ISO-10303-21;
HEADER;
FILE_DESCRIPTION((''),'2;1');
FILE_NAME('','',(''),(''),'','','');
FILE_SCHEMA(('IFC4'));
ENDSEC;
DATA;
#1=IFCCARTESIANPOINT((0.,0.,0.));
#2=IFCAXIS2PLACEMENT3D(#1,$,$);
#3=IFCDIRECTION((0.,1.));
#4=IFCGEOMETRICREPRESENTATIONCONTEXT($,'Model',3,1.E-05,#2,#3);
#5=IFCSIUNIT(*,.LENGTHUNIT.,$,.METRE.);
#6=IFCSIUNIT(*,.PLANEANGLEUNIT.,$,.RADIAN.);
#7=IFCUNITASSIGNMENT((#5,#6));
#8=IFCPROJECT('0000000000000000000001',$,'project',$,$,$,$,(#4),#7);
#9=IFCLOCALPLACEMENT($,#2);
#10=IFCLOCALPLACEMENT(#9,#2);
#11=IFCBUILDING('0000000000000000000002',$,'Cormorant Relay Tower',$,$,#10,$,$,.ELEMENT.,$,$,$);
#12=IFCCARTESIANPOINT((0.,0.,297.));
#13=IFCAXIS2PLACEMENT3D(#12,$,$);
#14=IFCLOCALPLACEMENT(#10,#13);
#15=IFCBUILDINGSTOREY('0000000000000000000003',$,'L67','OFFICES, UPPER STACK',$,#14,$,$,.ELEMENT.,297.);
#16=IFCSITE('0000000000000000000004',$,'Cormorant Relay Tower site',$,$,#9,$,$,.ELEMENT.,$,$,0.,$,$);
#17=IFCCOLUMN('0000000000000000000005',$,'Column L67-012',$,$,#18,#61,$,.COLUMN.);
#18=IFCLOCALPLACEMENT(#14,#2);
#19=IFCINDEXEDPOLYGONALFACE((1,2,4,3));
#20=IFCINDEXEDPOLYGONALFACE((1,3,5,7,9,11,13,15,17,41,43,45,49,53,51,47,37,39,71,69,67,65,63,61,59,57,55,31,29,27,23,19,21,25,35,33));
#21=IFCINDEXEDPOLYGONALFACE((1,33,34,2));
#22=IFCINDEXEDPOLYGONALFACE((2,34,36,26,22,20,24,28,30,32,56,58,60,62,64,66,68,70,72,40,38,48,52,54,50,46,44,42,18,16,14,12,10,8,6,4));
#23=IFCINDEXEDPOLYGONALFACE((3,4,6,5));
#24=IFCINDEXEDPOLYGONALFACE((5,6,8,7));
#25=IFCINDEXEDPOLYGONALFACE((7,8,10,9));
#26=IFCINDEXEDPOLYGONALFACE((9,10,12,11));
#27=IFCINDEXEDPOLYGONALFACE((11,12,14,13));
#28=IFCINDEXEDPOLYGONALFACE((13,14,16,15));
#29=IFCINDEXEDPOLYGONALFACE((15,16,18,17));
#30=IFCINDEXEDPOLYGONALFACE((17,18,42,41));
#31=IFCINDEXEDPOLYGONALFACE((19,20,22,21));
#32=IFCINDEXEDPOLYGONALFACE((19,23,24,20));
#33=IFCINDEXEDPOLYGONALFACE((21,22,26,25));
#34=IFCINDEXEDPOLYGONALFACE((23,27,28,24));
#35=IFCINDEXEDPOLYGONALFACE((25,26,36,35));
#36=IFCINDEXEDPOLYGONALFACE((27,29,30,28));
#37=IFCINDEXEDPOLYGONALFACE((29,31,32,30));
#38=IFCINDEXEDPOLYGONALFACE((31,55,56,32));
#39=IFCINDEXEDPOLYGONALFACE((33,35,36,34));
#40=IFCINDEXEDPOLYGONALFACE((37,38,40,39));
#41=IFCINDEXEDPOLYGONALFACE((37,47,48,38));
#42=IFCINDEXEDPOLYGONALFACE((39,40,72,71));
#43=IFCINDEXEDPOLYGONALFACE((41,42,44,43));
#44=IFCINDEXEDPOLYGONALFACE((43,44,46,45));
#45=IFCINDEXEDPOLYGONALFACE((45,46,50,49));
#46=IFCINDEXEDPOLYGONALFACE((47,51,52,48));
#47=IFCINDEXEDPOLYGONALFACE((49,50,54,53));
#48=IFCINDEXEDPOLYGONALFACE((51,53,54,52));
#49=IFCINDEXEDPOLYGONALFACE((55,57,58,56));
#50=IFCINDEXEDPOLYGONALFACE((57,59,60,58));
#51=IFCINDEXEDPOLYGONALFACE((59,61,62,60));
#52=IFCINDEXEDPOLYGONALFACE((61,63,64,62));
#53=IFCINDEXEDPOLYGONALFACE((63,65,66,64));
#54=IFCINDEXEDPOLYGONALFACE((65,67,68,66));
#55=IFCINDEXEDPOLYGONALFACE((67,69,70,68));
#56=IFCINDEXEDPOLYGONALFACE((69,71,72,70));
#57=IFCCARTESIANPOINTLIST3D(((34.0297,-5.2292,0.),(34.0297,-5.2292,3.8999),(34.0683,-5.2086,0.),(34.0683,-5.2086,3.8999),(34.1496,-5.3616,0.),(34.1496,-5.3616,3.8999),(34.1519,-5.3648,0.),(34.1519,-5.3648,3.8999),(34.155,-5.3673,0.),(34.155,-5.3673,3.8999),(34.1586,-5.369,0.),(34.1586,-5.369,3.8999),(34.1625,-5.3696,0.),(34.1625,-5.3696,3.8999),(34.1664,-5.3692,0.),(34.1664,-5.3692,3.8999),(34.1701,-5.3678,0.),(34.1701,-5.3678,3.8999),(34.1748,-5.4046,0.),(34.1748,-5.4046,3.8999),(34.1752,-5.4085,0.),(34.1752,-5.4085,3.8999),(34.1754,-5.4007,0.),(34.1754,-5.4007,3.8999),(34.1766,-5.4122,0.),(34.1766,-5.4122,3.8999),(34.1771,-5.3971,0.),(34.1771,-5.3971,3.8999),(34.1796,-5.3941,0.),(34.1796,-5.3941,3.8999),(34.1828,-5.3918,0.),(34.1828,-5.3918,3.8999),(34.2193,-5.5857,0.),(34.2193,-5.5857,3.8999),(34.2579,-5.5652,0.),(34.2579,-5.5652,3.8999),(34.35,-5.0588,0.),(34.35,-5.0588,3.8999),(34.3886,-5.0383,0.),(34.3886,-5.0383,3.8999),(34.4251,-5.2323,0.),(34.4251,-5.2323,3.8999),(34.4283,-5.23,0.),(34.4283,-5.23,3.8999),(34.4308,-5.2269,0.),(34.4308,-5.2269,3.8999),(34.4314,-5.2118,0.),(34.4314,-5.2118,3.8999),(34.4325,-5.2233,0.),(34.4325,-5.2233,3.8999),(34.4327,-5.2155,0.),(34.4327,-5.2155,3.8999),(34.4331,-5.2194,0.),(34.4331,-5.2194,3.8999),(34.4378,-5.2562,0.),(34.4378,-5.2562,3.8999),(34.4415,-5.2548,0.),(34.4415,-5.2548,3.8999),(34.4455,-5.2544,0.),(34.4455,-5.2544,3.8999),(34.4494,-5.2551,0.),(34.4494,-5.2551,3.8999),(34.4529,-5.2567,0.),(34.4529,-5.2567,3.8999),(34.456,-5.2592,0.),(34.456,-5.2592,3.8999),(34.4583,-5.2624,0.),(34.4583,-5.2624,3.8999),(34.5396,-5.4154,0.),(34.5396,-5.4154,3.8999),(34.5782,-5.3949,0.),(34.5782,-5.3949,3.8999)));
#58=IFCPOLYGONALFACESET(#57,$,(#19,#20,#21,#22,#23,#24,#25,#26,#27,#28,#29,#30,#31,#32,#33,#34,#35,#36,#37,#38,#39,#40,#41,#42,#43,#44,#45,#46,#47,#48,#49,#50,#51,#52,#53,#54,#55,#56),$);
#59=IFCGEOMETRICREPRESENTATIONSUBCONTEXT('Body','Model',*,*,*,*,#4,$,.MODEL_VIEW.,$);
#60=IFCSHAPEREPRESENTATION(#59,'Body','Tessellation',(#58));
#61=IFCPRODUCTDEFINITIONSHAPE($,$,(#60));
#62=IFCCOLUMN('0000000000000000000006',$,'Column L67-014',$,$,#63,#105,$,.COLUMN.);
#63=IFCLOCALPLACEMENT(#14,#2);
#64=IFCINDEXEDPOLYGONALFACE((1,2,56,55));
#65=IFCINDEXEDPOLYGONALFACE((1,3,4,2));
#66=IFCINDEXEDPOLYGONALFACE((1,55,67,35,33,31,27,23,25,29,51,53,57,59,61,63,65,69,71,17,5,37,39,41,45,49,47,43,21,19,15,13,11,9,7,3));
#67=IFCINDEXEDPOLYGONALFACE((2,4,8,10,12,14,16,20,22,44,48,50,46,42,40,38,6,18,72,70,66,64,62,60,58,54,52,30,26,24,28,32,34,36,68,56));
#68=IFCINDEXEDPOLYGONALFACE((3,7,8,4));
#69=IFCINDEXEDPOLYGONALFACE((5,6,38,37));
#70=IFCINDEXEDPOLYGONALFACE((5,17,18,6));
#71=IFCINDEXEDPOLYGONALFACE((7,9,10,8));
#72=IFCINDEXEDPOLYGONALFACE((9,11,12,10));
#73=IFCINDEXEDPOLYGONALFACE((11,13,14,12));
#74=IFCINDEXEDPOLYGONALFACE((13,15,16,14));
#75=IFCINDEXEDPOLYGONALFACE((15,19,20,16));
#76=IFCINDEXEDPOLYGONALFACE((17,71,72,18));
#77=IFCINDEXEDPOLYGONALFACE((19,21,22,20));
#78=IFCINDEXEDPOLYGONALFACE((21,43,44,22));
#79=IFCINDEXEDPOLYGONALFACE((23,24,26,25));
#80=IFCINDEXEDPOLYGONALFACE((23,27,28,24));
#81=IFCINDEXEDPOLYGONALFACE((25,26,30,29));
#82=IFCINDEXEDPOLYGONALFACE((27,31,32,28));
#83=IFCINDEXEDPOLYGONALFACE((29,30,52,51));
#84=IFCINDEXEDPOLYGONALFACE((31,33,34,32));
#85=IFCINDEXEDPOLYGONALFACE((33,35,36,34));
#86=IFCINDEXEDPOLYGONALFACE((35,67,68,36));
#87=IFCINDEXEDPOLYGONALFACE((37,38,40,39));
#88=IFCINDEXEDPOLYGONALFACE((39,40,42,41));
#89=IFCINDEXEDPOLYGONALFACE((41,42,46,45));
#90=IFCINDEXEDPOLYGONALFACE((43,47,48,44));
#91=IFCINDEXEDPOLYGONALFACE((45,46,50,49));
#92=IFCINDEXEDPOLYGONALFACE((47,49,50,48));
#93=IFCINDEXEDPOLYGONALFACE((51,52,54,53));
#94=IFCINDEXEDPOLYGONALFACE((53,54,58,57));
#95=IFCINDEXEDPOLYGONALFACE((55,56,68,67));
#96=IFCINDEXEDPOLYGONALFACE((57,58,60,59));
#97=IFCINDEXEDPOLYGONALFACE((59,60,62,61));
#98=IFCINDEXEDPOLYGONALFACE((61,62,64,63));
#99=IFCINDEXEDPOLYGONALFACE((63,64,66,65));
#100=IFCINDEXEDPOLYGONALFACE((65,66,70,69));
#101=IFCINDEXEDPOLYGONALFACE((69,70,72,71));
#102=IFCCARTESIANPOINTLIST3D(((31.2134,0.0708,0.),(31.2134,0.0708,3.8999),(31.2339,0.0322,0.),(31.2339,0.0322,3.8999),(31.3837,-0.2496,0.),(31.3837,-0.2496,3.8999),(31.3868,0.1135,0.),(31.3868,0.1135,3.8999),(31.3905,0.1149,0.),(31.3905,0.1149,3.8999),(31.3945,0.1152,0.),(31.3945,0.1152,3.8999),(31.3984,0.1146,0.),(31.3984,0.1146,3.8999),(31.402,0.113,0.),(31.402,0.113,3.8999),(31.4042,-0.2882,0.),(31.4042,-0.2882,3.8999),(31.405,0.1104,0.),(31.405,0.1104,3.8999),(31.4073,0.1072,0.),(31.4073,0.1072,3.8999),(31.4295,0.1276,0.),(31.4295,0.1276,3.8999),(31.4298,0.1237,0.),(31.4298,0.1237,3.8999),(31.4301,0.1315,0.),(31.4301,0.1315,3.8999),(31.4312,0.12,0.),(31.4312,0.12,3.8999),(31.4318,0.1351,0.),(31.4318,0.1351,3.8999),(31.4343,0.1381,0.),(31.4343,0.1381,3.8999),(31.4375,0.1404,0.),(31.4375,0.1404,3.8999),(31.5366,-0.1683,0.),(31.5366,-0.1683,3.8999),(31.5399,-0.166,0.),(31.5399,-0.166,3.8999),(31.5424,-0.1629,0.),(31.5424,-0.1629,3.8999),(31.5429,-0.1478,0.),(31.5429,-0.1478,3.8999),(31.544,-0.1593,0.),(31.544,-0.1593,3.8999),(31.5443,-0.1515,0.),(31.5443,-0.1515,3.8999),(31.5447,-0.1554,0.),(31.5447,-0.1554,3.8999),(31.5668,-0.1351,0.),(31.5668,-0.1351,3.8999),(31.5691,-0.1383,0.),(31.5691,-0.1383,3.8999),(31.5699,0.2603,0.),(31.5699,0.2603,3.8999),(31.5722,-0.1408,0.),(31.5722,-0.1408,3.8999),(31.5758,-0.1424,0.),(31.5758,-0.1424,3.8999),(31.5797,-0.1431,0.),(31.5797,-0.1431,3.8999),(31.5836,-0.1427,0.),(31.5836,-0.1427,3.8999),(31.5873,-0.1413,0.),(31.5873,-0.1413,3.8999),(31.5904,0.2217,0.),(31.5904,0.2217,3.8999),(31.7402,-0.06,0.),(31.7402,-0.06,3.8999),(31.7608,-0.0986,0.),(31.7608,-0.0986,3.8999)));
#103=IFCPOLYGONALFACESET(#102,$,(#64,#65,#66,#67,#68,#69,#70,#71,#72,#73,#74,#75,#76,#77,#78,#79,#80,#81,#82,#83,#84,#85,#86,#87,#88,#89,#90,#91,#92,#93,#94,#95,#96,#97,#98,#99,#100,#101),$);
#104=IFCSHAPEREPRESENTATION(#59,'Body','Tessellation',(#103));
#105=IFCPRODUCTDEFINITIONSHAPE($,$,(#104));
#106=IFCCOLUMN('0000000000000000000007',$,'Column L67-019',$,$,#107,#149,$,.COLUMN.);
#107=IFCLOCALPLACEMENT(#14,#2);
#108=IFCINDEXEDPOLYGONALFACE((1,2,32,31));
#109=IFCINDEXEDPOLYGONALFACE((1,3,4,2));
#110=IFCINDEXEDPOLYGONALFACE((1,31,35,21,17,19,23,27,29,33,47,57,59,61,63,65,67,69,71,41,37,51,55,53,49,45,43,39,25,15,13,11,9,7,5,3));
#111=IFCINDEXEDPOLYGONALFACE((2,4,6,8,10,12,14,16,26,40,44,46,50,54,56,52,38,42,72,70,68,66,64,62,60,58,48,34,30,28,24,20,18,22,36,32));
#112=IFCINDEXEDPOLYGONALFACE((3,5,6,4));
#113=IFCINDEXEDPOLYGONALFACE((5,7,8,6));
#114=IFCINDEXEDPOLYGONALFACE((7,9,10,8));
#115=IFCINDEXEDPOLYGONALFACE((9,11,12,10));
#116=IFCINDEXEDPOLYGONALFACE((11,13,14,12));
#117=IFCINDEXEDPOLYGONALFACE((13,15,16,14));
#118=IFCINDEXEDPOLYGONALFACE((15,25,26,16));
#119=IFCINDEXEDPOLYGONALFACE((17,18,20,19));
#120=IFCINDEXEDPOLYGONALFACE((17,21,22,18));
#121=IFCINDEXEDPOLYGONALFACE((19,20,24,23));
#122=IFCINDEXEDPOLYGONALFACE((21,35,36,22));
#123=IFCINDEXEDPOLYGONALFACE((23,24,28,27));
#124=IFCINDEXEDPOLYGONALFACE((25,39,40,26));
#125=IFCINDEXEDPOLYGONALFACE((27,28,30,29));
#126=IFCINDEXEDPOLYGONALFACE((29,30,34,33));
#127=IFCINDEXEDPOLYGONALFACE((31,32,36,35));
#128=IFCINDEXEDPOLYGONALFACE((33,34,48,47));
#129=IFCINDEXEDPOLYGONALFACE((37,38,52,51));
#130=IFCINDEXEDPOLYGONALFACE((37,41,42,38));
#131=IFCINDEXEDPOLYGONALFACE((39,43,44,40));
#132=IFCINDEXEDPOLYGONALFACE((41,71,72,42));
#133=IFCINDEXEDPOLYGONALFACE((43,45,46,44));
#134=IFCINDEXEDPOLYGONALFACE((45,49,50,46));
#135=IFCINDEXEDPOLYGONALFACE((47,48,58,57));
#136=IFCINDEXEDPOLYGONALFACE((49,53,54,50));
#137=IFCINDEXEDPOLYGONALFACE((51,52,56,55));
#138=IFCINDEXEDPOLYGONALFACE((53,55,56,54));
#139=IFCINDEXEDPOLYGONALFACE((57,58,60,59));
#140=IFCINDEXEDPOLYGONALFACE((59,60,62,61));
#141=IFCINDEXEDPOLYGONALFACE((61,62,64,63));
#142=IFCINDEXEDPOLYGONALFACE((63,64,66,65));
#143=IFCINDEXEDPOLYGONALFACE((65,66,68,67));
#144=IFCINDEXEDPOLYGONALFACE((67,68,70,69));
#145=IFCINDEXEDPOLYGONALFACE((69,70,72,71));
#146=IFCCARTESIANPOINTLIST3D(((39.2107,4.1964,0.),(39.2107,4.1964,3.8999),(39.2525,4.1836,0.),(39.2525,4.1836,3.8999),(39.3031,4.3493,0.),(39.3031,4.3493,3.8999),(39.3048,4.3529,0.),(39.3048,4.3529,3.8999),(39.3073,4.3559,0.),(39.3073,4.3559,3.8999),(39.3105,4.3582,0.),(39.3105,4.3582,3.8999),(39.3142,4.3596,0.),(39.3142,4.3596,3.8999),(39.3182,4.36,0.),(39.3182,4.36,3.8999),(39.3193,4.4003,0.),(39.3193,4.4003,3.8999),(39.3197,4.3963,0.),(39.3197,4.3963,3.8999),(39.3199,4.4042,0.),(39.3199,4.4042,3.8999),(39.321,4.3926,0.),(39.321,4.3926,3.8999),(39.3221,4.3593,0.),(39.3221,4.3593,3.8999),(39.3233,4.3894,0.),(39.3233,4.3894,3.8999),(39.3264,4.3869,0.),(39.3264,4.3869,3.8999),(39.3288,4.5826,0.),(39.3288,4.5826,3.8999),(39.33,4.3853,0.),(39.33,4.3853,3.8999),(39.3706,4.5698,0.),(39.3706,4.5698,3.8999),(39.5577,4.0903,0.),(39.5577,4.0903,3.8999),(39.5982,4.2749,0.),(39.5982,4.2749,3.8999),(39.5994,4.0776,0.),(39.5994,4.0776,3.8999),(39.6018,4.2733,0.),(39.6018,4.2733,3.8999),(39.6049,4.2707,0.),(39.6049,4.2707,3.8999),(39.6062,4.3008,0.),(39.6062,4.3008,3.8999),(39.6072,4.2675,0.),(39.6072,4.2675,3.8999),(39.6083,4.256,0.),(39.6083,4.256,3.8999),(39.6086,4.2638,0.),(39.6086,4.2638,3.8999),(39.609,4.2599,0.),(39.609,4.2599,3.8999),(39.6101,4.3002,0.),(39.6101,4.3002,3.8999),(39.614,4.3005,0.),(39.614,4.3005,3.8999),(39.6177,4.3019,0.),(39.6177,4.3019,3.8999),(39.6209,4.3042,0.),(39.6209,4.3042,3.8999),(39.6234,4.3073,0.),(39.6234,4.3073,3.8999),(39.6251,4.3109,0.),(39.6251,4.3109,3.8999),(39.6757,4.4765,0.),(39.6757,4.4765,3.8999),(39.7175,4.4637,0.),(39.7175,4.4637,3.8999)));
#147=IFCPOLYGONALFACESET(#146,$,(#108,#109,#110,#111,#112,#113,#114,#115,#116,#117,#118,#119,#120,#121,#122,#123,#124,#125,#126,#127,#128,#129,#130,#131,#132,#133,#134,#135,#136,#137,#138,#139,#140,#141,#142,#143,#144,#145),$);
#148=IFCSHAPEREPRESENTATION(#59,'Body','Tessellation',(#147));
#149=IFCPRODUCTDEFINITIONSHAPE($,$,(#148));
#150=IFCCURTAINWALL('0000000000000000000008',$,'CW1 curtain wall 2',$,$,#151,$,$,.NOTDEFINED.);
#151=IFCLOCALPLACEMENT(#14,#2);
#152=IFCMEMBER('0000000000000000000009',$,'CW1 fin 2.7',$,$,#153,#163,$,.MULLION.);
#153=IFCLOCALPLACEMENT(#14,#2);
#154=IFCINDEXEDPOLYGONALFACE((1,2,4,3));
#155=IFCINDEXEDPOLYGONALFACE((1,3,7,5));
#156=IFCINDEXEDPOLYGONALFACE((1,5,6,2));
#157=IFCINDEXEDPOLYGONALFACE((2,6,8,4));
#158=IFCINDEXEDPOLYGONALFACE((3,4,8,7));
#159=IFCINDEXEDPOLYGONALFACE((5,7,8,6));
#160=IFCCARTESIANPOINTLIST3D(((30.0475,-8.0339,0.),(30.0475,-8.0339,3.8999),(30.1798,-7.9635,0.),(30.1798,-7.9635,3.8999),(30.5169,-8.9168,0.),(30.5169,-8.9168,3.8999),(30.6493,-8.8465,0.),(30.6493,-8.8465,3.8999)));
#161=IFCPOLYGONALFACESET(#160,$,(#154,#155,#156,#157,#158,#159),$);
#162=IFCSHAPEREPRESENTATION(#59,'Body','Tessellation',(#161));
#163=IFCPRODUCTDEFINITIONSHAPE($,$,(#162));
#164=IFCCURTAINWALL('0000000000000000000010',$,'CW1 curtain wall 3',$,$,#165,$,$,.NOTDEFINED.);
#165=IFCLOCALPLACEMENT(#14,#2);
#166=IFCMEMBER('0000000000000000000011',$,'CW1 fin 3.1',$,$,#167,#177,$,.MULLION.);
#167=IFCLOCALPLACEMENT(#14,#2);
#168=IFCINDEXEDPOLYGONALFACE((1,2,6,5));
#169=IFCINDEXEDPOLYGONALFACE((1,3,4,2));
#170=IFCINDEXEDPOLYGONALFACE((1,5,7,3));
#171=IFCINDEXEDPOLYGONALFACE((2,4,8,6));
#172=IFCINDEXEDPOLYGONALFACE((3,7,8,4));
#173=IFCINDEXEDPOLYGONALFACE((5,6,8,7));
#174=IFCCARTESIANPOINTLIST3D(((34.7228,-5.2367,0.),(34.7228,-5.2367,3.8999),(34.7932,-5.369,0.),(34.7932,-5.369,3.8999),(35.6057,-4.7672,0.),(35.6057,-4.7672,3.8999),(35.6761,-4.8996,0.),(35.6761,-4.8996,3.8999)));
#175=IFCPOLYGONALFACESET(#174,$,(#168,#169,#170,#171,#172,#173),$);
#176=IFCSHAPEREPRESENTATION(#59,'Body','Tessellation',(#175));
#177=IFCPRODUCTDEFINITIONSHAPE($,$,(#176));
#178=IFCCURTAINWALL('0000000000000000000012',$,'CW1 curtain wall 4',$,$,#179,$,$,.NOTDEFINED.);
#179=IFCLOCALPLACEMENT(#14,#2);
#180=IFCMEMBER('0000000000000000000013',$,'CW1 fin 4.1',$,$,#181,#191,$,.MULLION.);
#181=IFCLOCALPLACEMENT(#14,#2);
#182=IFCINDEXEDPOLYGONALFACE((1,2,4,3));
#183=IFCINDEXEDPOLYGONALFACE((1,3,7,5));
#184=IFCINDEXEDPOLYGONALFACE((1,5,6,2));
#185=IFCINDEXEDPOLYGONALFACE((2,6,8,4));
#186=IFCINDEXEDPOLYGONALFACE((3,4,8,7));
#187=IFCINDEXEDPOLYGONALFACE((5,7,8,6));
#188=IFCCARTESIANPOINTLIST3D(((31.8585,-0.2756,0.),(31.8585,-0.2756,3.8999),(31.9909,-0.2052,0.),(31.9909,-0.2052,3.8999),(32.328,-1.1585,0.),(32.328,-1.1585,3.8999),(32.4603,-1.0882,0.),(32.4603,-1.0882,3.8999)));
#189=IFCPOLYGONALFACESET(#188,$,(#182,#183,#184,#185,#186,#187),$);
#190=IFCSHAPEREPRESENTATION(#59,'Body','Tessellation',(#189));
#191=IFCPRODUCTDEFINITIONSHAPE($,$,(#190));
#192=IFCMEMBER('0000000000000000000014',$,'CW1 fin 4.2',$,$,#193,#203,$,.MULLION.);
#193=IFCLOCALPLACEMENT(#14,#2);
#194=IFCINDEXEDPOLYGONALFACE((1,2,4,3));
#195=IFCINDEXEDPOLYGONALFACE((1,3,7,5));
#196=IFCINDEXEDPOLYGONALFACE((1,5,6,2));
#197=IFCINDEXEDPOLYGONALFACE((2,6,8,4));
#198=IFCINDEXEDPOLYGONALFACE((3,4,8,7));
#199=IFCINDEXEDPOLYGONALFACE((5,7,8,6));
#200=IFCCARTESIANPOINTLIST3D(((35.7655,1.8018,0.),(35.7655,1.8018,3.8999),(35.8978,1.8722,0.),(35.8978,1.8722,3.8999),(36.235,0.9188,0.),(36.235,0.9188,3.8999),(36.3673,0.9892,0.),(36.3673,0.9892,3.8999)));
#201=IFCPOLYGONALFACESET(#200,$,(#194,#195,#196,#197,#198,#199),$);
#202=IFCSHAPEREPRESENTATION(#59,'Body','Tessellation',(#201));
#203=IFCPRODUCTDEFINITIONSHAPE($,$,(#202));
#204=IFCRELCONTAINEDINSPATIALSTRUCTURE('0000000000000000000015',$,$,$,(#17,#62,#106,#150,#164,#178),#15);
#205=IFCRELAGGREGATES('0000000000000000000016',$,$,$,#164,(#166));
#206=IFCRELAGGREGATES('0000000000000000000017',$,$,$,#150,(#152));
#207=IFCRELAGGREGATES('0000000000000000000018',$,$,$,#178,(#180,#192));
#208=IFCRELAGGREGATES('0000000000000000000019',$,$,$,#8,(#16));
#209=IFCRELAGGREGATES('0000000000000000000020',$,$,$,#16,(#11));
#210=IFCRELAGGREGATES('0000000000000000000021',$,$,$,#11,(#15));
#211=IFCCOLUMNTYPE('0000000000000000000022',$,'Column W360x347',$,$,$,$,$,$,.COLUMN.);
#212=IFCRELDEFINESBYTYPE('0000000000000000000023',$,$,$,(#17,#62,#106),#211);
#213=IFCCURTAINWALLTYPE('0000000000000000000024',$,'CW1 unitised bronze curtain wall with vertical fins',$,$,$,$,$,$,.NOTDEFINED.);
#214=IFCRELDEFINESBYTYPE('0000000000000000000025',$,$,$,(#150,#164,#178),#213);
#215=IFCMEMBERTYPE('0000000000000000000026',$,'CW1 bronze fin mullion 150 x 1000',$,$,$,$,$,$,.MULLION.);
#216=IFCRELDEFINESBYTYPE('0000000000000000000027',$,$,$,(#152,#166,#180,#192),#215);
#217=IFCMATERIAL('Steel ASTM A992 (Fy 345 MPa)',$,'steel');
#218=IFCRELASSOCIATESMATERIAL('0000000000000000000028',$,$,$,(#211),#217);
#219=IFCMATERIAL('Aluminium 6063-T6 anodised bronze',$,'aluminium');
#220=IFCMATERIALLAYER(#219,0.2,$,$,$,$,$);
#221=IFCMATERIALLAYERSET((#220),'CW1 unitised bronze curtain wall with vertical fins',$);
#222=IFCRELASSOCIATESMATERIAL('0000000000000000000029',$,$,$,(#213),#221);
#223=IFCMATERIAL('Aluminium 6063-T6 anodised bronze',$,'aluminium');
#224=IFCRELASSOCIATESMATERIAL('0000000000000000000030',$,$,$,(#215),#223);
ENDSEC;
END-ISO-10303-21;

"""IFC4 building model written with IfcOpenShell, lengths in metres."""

from ifc_helpers import new_model, si_unit, direction, frame, origin, origin_2d, place, context, subcontext, project, spatial, rectangle, i_section, extrude, material, layer, layer_set, material_profile, profile_set, type_object, element, aggregate, save


model = new_model("IFC4")

# Units and contexts
model_context = context("Model", 3, precision=1e-05, world=origin(), true_north=direction((0.0, 1.0)))
body_context = subcontext(model_context, "Body", "Model", "MODEL_VIEW")
ifc_project = project(units=[si_unit("LENGTHUNIT", "METRE"), si_unit("PLANEANGLEUNIT", "RADIAN")], contexts=[model_context])

# Site, building, storey
site_placement = place(None, origin())
site = spatial("IfcSite", under=ifc_project, at=site_placement, Name="Cormorant Relay Tower site", CompositionType="ELEMENT", RefElevation=0.0)
building_placement = place(site_placement, origin())
building = spatial("IfcBuilding", under=site, at=building_placement, Name="Cormorant Relay Tower", CompositionType="ELEMENT")
storey_placement = place(building_placement, frame((0.0, 0.0, 297.0)))
storey = spatial("IfcBuildingStorey", under=building, at=storey_placement, Name="L67", Description="OFFICES, UPPER STACK", CompositionType="ELEMENT", Elevation=297.0)

# Columns
ifc_material_1 = material(Name="Steel ASTM A992 (Fy 345 MPa)", Category="steel")
ifc_material_profile_1 = material_profile(ifc_material_1, i_section(OverallWidth=0.4038, OverallDepth=0.4065, WebThickness=0.0271, FlangeThickness=0.0437, FilletRadius=0.0151, at=origin_2d()), Name="W360x347")
ifc_profile_set_1 = profile_set([ifc_material_profile_1], Name="Steel ASTM A992 (Fy 345 MPa)")
column_type = type_object("IfcColumnType", Name="Column W360x347", PredefinedType="COLUMN", material=ifc_profile_set_1)
for number, where, z_axis, x_axis, name in (
    (1, (34.304, -5.312, 0.0), (0.0, 0.0, 1.0), (-0.469472, 0.882948, 0.0), "Column L67-012"),
    (2, (31.4871, -0.0139, 0.0), (0.0, 0.0, 1.0), (0.882948, 0.469472, 0.0), "Column L67-014"),
    (3, (39.4641, 4.3301, 0.0), (0.0, 0.0, 1.0), (0.292372, 0.956305, 0.0), "Column L67-019"),
):
    element("IfcColumn", number, at=place(storey_placement, frame(where, z_axis=z_axis, x_axis=x_axis)), inside=storey, type_object=column_type, Name=name, PredefinedType="COLUMN", context=body_context, shape_type="SweptSolid", body=[
        extrude(i_section(OverallWidth=0.4038, OverallDepth=0.4065, WebThickness=0.0271, FlangeThickness=0.0437, FilletRadius=0.0151, at=origin_2d()), origin(), (0.0, 0.0, 1.0), 3.8999),
    ])

# Curtain walls, members
ifc_material_2 = material(Name="Aluminium 6063-T6 anodised bronze", Category="aluminium")
ifc_layer_1 = layer(ifc_material_2, 0.2)
ifc_layer_set_1 = layer_set([ifc_layer_1], Name="CW1 unitised bronze curtain wall with vertical fins")
curtain_wall_type = type_object("IfcCurtainWallType", Name="CW1 unitised bronze curtain wall with vertical fins", PredefinedType="NOTDEFINED", material=ifc_layer_set_1)
curtain_wall_1_placement = place(storey_placement, origin())
curtain_wall_1 = element("IfcCurtainWall", 4, at=curtain_wall_1_placement, inside=storey, type_object=curtain_wall_type, Name="CW1 curtain wall 2", PredefinedType="NOTDEFINED")
ifc_material_3 = material(Name="Aluminium 6063-T6 anodised bronze", Category="aluminium")
ifc_material_profile_2 = material_profile(ifc_material_3, rectangle(XDim=0.1499, YDim=1.0, at=origin_2d()), Name="AL 150x1000")
ifc_profile_set_2 = profile_set([ifc_material_profile_2], Name="Aluminium 6063-T6 anodised bronze")
member_type_1 = type_object("IfcMemberType", Name="CW1 bronze fin mullion 150 x 1000", PredefinedType="MULLION", material=ifc_profile_set_2)
member_1_placement = place(storey_placement, frame((30.3484, -8.4402, 0.0), z_axis=(0.0, 0.0, 1.0), x_axis=(0.882948, 0.469472, 0.0)))
member_1 = element("IfcMember", 5, at=member_1_placement, type_object=member_type_1, Name="CW1 fin 2.7", PredefinedType="MULLION", context=body_context, shape_type="SweptSolid", body=[
    extrude(rectangle(XDim=0.1499, YDim=1.0, at=origin_2d()), origin(), (0.0, 0.0, 1.0), 3.8999),
])
curtain_wall_2_placement = place(storey_placement, origin())
curtain_wall_2 = element("IfcCurtainWall", 6, at=curtain_wall_2_placement, inside=storey, type_object=curtain_wall_type, Name="CW1 curtain wall 3", PredefinedType="NOTDEFINED")
member_2_placement = place(storey_placement, frame((35.1995, -5.0681, 0.0), z_axis=(0.0, 0.0, 1.0), x_axis=(-0.469472, 0.882948, 0.0)))
member_2 = element("IfcMember", 7, at=member_2_placement, type_object=member_type_1, Name="CW1 fin 3.1", PredefinedType="MULLION", context=body_context, shape_type="SweptSolid", body=[
    extrude(rectangle(XDim=0.1499, YDim=1.0, at=origin_2d()), origin(), (0.0, 0.0, 1.0), 3.8999),
])

# Curtain wall, members
curtain_wall_3_placement = place(storey_placement, origin())
curtain_wall_3 = element("IfcCurtainWall", 8, at=curtain_wall_3_placement, inside=storey, type_object=curtain_wall_type, Name="CW1 curtain wall 4", PredefinedType="NOTDEFINED")
member_3_placement = place(storey_placement, frame((32.1594, -0.6819, 0.0), z_axis=(0.0, 0.0, 1.0), x_axis=(0.882948, 0.469472, 0.0)))
member_3 = element("IfcMember", 9, at=member_3_placement, type_object=member_type_1, Name="CW1 fin 4.1", PredefinedType="MULLION", context=body_context, shape_type="SweptSolid", body=[
    extrude(rectangle(XDim=0.1499, YDim=1.0, at=origin_2d()), origin(), (0.0, 0.0, 1.0), 3.8999),
])
member_4_placement = place(storey_placement, frame((36.0664, 1.3955, 0.0), z_axis=(0.0, 0.0, 1.0), x_axis=(0.882948, 0.469472, 0.0)))
member_4 = element("IfcMember", 10, at=member_4_placement, type_object=member_type_1, Name="CW1 fin 4.2", PredefinedType="MULLION", context=body_context, shape_type="SweptSolid", body=[
    extrude(rectangle(XDim=0.1499, YDim=1.0, at=origin_2d()), origin(), (0.0, 0.0, 1.0), 3.8999),
])

aggregate(curtain_wall_2, [member_2])

aggregate(curtain_wall_1, [member_1])
aggregate(curtain_wall_3, [member_3, member_4])

save(model, "model.ifc")
